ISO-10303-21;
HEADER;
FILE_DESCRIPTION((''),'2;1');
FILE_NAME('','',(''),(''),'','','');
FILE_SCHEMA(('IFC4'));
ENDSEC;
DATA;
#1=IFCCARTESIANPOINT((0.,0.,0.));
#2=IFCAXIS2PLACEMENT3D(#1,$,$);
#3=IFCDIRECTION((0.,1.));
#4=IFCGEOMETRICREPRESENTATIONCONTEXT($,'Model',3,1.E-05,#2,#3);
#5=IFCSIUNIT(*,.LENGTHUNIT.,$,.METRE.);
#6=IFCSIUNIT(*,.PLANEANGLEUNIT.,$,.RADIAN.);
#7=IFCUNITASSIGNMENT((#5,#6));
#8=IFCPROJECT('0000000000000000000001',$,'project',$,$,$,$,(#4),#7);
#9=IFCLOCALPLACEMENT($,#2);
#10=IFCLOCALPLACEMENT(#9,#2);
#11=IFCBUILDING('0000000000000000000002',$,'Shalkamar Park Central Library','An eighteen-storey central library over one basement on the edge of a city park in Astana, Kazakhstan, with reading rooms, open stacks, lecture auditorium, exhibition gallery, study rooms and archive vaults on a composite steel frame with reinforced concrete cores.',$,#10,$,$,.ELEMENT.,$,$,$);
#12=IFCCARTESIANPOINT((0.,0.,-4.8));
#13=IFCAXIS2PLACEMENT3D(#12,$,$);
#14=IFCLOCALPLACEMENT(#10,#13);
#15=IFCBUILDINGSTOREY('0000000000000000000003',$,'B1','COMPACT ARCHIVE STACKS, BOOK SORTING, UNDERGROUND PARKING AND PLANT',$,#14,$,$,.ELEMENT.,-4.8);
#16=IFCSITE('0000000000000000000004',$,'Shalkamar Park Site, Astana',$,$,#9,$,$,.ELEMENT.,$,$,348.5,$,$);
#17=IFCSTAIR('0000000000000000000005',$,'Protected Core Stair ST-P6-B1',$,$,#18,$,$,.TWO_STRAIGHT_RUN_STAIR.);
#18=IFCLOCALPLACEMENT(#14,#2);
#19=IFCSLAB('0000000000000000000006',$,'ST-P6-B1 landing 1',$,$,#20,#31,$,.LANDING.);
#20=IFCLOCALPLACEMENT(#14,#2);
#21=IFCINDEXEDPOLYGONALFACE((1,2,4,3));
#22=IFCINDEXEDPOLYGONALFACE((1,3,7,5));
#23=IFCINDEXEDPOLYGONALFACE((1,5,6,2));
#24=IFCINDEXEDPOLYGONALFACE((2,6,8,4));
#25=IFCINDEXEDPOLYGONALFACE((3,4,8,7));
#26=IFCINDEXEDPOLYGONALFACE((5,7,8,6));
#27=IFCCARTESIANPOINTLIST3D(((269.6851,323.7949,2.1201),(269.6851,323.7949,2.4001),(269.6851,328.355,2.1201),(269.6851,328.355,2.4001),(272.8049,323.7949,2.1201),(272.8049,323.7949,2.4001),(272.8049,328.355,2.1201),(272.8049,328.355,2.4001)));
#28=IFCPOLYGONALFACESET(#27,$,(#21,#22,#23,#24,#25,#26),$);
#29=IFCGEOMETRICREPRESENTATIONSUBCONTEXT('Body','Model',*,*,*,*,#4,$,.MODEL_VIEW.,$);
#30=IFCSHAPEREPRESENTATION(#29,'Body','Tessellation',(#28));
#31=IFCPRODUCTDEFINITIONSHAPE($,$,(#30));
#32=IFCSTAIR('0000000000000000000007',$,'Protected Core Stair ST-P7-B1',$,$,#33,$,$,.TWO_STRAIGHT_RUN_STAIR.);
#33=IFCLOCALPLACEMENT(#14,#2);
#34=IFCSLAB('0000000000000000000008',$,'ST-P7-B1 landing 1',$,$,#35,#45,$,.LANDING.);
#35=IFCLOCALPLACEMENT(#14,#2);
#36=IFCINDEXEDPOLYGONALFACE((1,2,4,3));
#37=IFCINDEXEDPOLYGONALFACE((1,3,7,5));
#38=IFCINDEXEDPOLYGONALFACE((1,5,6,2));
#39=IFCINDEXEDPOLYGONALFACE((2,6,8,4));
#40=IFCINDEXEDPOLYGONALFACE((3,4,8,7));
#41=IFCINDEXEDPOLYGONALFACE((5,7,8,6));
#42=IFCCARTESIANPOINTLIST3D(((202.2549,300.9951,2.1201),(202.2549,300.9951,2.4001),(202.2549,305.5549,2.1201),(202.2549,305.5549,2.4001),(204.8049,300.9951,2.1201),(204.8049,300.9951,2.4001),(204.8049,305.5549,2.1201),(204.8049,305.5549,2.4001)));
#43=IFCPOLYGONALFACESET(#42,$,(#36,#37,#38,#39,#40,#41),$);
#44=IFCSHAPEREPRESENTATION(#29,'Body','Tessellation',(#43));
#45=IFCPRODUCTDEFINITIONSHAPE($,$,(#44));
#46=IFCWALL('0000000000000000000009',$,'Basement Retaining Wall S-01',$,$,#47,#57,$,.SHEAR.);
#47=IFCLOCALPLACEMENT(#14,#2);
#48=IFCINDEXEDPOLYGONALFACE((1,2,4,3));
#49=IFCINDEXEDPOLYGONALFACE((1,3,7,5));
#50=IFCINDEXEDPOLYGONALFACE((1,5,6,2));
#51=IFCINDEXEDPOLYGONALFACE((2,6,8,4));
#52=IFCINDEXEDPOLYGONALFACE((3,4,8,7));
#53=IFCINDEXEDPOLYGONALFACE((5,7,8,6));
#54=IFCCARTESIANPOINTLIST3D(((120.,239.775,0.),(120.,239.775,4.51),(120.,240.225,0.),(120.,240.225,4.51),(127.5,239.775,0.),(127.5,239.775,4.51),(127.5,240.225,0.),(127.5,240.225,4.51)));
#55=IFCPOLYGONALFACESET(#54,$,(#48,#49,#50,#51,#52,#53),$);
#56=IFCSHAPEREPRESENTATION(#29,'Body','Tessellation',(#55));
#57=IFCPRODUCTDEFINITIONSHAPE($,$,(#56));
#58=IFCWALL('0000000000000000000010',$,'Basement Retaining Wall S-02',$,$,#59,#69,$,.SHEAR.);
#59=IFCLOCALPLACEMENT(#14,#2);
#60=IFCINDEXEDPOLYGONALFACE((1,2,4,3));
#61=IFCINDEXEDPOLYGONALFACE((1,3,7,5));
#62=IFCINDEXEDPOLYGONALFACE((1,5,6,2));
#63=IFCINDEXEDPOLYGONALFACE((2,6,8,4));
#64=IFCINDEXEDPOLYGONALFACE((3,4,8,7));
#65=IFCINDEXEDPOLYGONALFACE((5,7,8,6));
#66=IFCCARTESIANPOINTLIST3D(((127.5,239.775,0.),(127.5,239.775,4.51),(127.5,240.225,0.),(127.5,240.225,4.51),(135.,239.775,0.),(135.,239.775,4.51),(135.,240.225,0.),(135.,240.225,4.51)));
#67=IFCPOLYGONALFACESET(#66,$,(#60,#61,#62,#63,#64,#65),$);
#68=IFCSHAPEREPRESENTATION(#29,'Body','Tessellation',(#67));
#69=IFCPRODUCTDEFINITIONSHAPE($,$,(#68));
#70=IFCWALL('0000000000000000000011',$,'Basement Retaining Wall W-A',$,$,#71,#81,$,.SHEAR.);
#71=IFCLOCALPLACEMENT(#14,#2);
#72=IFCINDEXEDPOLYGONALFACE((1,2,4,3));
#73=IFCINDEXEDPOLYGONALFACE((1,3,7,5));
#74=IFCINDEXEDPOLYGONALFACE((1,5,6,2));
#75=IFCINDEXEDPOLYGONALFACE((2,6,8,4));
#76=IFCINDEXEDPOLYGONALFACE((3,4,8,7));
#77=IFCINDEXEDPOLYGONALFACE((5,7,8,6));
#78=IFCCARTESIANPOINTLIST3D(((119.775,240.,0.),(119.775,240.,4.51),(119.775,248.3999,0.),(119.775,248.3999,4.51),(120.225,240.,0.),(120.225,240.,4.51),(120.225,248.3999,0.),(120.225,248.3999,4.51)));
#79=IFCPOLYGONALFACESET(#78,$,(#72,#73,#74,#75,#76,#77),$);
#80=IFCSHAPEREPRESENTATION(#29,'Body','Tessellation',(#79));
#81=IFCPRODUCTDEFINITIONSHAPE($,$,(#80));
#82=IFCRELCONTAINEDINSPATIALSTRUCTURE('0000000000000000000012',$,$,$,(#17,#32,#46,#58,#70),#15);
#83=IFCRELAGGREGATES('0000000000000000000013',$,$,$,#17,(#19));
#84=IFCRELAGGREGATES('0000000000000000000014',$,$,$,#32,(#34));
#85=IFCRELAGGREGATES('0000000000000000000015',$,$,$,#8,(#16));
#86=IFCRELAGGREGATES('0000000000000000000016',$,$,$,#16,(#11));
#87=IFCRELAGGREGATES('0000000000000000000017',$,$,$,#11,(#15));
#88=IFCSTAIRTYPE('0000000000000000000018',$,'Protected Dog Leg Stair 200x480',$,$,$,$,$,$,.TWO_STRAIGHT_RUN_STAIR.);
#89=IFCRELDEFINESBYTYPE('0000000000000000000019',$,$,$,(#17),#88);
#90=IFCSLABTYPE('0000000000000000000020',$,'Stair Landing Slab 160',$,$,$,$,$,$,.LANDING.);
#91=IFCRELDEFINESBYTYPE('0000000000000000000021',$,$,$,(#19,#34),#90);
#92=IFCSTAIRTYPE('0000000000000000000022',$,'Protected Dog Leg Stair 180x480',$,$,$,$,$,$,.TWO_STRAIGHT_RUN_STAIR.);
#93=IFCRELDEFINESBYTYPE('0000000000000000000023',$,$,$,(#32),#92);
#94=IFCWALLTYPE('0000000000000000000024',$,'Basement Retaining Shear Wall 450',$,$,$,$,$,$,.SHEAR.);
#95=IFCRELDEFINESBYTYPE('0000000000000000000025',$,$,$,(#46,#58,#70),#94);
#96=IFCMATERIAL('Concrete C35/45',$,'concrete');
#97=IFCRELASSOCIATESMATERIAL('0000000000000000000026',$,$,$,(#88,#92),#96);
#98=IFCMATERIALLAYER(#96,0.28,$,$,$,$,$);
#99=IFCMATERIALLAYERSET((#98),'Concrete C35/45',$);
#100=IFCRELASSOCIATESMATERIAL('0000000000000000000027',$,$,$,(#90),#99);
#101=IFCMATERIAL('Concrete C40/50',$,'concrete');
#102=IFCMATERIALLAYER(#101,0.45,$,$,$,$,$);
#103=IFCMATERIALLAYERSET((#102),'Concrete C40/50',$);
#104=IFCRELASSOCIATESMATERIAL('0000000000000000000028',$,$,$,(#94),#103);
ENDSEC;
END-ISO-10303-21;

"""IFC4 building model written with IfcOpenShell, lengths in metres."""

from ifc_helpers import new_model, si_unit, direction, frame, frame_2d, origin, place, context, subcontext, project, spatial, polyline, rectangle, outline, extrude, material, layer, layer_set, type_object, element, aggregate, save


model = new_model("IFC4")

# Units and contexts
model_context = context("Model", 3, precision=1e-05, world=origin(), true_north=direction((0.0, 1.0)))
body_context = subcontext(model_context, "Body", "Model", "MODEL_VIEW")
ifc_project = project(units=[si_unit("LENGTHUNIT", "METRE"), si_unit("PLANEANGLEUNIT", "RADIAN")], contexts=[model_context])

# Site, building, storey
site_placement = place(None, origin())
site = spatial("IfcSite", under=ifc_project, at=site_placement, Name="Shalkamar Park Site, Astana", CompositionType="ELEMENT", RefElevation=348.5)
building_placement = place(site_placement, origin())
building = spatial("IfcBuilding", under=site, at=building_placement, Name="Shalkamar Park Central Library", Description="An eighteen-storey central library over one basement on the edge of a city park in Astana, Kazakhstan, with reading rooms, open stacks, lecture auditorium, exhibition gallery, study rooms and archive vaults on a composite steel frame with reinforced concrete cores.", CompositionType="ELEMENT")
storey_placement = place(building_placement, frame((0.0, 0.0, -4.8)))
storey = spatial("IfcBuildingStorey", under=building, at=storey_placement, Name="B1", Description="COMPACT ARCHIVE STACKS, BOOK SORTING, UNDERGROUND PARKING AND PLANT", CompositionType="ELEMENT", Elevation=-4.8)

# Shared definitions
ifc_material_1 = material(Name="Concrete C35/45", Category="concrete")

# Shared definitions
ifc_material_2 = material(Name="Concrete C40/50", Category="concrete")

# Stairs, slabs
stair_type_1 = type_object("IfcStairType", Name="Protected Dog Leg Stair 200x480", PredefinedType="TWO_STRAIGHT_RUN_STAIR", material=ifc_material_1)
stair_1_placement = place(storey_placement, origin())
stair_1 = element("IfcStair", 1, at=stair_1_placement, inside=storey, type_object=stair_type_1, Name="Protected Core Stair ST-P6-B1", PredefinedType="TWO_STRAIGHT_RUN_STAIR")
ifc_layer_1 = layer(ifc_material_1, 0.28)
ifc_layer_set_1 = layer_set([ifc_layer_1], Name="Concrete C35/45")
slab_type = type_object("IfcSlabType", Name="Stair Landing Slab 160", PredefinedType="LANDING", material=ifc_layer_set_1)
slab_1_placement = place(storey_placement, frame((0.0, 0.0, 2.1201)))
slab_1 = element("IfcSlab", 2, at=slab_1_placement, type_object=slab_type, Name="ST-P6-B1 landing 1", PredefinedType="LANDING", context=body_context, shape_type="SweptSolid", body=[
    extrude(outline(polyline([(269.6851, 323.7949), (272.8049, 323.7949), (272.8049, 328.355), (269.6851, 328.355), (269.6851, 323.7949)])), origin(), (0.0, 0.0, 1.0), 0.28),
])
aggregate(stair_1, [slab_1])
stair_type_2 = type_object("IfcStairType", Name="Protected Dog Leg Stair 180x480", PredefinedType="TWO_STRAIGHT_RUN_STAIR", material=ifc_material_1)
stair_2_placement = place(storey_placement, origin())
stair_2 = element("IfcStair", 3, at=stair_2_placement, inside=storey, type_object=stair_type_2, Name="Protected Core Stair ST-P7-B1", PredefinedType="TWO_STRAIGHT_RUN_STAIR")
slab_2_placement = place(storey_placement, frame((0.0, 0.0, 2.1201)))
slab_2 = element("IfcSlab", 4, at=slab_2_placement, type_object=slab_type, Name="ST-P7-B1 landing 1", PredefinedType="LANDING", context=body_context, shape_type="SweptSolid", body=[
    extrude(outline(polyline([(202.2549, 300.9951), (204.8049, 300.9951), (204.8049, 305.5549), (202.2549, 305.5549), (202.2549, 300.9951)])), origin(), (0.0, 0.0, 1.0), 0.28),
])
aggregate(stair_2, [slab_2])

# Walls
ifc_layer_2 = layer(ifc_material_2, 0.45)
ifc_layer_set_2 = layer_set([ifc_layer_2], Name="Concrete C40/50")
wall_type = type_object("IfcWallType", Name="Basement Retaining Shear Wall 450", PredefinedType="SHEAR", material=ifc_layer_set_2)
for number, where, z_axis, x_axis, name in (
    (5, (120.0, 240.0, 0.0), (0.0, 0.0, 1.0), (1.0, 0.0, 0.0), "Basement Retaining Wall S-01"),
    (6, (127.5, 240.0, 0.0), (0.0, 0.0, 1.0), (1.0, 0.0, 0.0), "Basement Retaining Wall S-02"),
):
    element("IfcWall", number, at=place(storey_placement, frame(where, z_axis=z_axis, x_axis=x_axis)), inside=storey, type_object=wall_type, Name=name, PredefinedType="SHEAR", context=body_context, shape_type="SweptSolid", body=[
        extrude(rectangle(XDim=7.5, YDim=0.45, at=frame_2d((3.75, 0.0))), origin(), (0.0, 0.0, 1.0), 4.51),
    ])
wall_placement = place(storey_placement, frame((120.0, 240.0, 0.0), z_axis=(0.0, 0.0, 1.0), x_axis=(0.0, 1.0, 0.0)))
element("IfcWall", 7, at=wall_placement, inside=storey, type_object=wall_type, Name="Basement Retaining Wall W-A", PredefinedType="SHEAR", context=body_context, shape_type="SweptSolid", body=[
    extrude(rectangle(XDim=8.3999, YDim=0.45, at=frame_2d((4.2, 0.0))), origin(), (0.0, 0.0, 1.0), 4.51),
])

save(model, "model.ifc")
